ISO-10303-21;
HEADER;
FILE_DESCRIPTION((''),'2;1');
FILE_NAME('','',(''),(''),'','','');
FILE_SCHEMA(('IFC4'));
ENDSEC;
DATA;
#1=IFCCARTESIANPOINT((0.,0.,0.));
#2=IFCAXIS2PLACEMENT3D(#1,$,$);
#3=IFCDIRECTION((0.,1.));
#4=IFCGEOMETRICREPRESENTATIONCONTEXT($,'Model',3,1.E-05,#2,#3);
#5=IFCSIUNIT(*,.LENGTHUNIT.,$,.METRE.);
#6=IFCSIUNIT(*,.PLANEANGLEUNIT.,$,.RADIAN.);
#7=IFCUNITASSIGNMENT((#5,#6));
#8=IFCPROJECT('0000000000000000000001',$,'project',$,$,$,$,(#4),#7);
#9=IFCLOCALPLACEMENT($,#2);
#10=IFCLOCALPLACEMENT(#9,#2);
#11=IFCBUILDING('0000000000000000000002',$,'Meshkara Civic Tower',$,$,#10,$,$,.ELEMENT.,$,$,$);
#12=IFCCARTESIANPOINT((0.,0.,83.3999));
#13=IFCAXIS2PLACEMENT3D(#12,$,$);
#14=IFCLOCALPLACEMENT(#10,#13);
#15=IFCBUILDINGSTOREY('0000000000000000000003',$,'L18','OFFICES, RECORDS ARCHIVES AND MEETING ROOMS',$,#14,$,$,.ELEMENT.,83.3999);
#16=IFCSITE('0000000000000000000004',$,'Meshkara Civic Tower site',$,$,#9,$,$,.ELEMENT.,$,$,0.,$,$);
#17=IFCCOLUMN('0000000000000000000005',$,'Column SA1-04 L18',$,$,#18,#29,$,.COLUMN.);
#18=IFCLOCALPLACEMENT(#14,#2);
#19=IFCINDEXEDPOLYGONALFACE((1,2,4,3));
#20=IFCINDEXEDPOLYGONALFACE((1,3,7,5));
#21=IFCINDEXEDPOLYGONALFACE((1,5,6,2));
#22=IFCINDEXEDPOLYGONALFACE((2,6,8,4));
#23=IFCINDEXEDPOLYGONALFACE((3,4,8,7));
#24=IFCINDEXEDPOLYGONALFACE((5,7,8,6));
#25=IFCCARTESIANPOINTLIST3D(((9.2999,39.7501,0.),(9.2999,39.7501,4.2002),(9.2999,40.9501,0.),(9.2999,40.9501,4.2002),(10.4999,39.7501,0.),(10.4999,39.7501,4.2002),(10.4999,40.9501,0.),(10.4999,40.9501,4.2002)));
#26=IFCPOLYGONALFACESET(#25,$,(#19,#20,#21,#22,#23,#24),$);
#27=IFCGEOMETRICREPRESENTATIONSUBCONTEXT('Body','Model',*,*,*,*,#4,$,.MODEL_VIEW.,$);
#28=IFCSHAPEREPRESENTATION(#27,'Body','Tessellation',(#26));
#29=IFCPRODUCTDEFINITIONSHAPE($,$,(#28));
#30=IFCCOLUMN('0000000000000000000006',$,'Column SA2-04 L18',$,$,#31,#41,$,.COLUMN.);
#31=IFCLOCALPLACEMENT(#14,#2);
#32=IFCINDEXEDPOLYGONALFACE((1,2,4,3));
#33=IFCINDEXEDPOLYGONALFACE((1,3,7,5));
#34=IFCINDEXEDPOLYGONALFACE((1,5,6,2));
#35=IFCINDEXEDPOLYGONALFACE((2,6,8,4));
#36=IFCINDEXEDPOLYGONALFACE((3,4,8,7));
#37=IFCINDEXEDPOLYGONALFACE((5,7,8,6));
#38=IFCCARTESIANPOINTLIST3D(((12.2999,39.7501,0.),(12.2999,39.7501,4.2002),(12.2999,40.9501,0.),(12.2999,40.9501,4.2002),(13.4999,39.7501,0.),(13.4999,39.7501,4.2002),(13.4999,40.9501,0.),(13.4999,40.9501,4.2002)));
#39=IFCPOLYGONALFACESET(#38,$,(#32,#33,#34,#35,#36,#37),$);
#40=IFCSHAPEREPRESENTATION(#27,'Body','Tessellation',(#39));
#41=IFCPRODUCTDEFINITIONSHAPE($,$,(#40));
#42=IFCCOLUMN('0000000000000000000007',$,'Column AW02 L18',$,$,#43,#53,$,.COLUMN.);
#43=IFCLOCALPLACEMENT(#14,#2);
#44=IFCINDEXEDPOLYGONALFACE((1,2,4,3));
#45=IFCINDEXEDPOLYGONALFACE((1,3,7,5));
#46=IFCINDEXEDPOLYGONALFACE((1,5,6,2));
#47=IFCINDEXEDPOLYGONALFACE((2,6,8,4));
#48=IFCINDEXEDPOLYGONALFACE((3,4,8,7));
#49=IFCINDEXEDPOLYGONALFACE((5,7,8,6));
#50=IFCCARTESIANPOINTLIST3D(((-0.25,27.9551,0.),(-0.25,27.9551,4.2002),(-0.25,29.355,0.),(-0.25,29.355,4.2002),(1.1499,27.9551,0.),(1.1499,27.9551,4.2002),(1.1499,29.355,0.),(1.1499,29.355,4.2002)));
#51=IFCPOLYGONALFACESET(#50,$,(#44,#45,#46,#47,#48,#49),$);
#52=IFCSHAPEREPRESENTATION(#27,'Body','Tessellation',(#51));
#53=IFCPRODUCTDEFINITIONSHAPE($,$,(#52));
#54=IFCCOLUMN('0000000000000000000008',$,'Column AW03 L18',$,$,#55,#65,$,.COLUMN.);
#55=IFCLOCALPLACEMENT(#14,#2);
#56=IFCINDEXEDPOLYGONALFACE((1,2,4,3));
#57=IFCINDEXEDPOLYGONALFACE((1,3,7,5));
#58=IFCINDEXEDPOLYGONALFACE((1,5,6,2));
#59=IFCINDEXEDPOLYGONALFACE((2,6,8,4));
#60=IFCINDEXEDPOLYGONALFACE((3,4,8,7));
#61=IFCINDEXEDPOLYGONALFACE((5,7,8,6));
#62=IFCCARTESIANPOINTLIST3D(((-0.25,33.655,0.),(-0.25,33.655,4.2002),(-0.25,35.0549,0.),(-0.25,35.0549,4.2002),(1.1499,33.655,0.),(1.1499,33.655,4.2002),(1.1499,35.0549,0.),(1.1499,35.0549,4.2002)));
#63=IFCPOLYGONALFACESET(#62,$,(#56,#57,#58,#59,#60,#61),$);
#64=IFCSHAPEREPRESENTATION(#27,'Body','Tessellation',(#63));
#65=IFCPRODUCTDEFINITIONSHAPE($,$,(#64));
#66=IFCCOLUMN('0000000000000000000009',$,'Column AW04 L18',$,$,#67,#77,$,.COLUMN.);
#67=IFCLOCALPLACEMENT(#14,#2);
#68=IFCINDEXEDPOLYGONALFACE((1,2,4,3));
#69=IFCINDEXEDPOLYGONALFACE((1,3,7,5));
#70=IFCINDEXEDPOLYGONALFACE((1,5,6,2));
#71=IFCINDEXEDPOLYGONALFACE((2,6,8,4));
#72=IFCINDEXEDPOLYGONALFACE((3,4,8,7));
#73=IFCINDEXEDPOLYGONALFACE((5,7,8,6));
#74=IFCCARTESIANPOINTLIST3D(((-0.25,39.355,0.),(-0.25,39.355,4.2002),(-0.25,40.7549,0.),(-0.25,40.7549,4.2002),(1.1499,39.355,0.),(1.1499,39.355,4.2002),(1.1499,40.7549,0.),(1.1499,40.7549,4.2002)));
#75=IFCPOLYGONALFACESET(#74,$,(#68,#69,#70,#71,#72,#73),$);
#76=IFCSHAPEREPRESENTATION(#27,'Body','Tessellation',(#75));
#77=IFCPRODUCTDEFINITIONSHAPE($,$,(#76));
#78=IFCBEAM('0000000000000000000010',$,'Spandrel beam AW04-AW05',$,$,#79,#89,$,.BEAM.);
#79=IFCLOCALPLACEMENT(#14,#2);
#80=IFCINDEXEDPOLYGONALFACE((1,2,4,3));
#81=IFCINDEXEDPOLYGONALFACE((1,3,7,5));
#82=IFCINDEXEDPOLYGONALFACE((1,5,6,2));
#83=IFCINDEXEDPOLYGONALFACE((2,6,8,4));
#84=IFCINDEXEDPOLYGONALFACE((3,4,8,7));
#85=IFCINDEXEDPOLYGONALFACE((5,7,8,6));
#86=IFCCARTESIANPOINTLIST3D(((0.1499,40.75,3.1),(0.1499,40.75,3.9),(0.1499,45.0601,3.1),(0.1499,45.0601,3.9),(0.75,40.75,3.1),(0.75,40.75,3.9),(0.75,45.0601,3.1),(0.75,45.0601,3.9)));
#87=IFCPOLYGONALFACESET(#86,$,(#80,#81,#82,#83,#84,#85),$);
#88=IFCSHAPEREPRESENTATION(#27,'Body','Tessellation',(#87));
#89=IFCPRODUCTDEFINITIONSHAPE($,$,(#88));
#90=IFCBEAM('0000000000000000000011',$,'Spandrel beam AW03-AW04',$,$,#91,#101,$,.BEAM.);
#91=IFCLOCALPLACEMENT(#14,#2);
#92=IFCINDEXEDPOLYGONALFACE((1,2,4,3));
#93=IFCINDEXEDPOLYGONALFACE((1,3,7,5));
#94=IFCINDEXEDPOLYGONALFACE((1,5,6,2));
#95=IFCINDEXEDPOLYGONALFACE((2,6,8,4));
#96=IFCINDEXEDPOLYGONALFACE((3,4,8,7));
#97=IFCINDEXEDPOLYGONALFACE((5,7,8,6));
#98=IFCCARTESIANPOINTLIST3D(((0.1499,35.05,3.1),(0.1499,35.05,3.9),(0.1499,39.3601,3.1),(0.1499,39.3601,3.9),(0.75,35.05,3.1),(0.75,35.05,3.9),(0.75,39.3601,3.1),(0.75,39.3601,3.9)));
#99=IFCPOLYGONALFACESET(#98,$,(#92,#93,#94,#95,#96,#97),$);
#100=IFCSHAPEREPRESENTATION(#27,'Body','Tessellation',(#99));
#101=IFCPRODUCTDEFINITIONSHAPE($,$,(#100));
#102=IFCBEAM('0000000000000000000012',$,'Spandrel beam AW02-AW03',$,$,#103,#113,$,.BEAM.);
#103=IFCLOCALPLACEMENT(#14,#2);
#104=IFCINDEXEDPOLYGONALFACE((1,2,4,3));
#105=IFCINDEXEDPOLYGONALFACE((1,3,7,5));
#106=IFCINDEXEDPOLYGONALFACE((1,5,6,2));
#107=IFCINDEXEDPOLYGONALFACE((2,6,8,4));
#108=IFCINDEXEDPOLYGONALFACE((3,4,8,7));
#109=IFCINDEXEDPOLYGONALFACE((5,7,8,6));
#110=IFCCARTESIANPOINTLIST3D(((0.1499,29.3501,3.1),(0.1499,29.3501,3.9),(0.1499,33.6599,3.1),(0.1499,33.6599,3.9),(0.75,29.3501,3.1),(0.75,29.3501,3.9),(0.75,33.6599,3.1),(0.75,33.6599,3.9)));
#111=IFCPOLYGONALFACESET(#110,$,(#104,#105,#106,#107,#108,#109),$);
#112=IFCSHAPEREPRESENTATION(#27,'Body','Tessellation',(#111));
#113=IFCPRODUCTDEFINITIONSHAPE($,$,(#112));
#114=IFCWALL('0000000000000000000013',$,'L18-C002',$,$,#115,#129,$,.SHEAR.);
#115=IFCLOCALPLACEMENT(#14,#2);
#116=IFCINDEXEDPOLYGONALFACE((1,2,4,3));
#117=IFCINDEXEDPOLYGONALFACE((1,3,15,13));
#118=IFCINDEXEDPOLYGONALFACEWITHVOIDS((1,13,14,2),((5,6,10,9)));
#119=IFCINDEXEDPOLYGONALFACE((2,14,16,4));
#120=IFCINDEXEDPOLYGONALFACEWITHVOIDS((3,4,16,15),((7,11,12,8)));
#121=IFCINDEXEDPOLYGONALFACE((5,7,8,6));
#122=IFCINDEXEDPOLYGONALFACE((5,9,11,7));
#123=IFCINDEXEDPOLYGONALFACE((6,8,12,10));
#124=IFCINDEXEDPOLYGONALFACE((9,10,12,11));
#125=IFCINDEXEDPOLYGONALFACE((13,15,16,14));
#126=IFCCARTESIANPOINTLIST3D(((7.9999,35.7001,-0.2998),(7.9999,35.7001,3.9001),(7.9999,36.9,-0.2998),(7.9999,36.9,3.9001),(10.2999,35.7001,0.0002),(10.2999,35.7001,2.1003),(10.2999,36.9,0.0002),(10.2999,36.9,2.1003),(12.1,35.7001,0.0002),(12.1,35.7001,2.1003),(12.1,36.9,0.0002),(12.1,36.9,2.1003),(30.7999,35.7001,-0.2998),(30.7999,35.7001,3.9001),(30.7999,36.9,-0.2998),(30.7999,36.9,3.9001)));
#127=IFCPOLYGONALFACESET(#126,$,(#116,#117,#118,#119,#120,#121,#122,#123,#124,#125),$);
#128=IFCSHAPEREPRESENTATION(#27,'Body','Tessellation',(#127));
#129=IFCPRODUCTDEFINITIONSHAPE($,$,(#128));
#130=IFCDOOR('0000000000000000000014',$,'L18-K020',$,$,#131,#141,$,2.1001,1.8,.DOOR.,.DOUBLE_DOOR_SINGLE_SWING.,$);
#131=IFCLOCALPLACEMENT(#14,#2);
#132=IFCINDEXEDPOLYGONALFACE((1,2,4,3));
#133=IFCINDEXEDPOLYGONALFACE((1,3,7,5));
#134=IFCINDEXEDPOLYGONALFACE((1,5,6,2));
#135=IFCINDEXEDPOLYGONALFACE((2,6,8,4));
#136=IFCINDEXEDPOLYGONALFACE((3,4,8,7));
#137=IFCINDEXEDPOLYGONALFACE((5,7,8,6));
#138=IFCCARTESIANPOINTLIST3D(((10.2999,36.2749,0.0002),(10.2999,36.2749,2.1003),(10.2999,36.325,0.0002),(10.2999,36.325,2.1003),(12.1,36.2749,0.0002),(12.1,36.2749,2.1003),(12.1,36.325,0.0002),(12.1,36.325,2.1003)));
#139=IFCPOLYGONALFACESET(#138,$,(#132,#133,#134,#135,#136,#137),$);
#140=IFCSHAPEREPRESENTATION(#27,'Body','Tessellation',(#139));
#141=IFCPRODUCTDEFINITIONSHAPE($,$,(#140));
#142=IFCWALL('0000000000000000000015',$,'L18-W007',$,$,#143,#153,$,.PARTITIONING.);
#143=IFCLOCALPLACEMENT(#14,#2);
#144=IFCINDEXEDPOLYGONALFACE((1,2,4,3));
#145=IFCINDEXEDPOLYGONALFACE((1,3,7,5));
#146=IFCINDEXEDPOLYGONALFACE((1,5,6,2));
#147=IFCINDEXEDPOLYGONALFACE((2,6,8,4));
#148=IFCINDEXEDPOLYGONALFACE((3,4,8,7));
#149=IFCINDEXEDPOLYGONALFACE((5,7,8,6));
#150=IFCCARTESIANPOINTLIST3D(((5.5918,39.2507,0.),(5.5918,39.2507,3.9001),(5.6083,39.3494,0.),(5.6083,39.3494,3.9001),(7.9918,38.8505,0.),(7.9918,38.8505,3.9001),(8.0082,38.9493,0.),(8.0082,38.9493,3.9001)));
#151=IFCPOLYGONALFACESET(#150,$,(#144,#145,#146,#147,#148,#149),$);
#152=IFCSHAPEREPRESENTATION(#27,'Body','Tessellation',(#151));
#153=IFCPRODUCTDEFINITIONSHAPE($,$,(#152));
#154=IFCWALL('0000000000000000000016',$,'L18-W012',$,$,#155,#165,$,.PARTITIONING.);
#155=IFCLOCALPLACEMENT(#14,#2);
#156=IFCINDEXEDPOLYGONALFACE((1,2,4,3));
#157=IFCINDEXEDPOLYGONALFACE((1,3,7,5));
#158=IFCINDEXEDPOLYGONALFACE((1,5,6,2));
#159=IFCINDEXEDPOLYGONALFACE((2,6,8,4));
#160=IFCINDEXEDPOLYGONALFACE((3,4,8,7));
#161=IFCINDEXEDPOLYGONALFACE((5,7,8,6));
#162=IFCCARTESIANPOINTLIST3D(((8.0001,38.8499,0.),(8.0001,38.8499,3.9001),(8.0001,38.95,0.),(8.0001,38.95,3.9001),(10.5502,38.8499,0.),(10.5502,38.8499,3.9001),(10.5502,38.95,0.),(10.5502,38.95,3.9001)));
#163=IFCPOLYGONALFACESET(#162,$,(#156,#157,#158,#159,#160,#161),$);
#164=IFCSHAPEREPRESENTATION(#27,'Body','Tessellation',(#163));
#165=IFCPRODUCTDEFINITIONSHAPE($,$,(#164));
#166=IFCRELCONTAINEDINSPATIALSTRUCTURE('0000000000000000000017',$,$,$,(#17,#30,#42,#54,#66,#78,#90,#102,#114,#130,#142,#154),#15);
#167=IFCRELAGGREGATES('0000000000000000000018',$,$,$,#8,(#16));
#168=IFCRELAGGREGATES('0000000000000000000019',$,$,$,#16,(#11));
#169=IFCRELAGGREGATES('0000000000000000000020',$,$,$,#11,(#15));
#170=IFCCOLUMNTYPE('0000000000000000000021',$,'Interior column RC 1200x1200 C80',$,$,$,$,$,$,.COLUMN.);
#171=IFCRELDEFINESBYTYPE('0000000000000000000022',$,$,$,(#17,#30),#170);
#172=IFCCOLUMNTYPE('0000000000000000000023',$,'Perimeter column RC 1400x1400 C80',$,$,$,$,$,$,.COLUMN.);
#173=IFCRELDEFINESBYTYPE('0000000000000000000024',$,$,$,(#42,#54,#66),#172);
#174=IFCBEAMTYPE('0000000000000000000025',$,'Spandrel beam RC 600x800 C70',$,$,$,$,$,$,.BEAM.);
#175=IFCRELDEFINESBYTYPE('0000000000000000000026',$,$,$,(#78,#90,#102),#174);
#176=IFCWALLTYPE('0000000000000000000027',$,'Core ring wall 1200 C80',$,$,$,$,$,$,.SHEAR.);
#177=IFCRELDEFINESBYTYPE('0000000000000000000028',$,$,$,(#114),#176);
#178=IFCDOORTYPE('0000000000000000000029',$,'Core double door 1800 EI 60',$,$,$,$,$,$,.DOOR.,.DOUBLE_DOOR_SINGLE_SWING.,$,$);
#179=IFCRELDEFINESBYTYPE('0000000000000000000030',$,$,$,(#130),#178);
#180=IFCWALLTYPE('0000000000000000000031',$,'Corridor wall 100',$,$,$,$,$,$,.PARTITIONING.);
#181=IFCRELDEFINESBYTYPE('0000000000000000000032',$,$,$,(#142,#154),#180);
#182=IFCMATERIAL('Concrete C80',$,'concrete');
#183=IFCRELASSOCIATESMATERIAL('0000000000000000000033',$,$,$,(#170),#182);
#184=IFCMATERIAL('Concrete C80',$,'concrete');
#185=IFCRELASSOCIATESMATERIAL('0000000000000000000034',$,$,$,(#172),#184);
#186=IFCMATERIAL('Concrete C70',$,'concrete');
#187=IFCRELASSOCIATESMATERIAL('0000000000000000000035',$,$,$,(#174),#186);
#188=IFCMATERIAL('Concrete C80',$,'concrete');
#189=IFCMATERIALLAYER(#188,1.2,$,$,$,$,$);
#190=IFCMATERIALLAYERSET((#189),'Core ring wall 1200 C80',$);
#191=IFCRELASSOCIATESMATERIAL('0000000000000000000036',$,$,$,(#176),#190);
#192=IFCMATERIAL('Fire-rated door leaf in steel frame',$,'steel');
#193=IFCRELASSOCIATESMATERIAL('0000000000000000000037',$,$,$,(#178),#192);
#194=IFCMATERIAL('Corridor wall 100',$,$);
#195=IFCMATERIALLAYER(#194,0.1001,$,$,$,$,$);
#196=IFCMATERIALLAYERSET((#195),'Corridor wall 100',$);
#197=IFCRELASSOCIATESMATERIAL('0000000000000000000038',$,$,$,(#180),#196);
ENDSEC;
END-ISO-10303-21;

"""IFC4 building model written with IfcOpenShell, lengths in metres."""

from ifc_helpers import new_model, si_unit, direction, frame, frame_2d, origin, origin_2d, place, context, subcontext, project, spatial, rectangle, extrude, material, layer, layer_set, material_profile, profile_set, type_object, element, fill, save


model = new_model("IFC4")

# Units and contexts
model_context = context("Model", 3, precision=1e-05, world=origin(), true_north=direction((0.0, 1.0)))
body_context = subcontext(model_context, "Body", "Model", "MODEL_VIEW")
ifc_project = project(units=[si_unit("LENGTHUNIT", "METRE"), si_unit("PLANEANGLEUNIT", "RADIAN")], contexts=[model_context])

# Site, building, storey
site_placement = place(None, origin())
site = spatial("IfcSite", under=ifc_project, at=site_placement, Name="Meshkara Civic Tower site", CompositionType="ELEMENT", RefElevation=0.0)
building_placement = place(site_placement, origin())
building = spatial("IfcBuilding", under=site, at=building_placement, Name="Meshkara Civic Tower", CompositionType="ELEMENT")
storey_placement = place(building_placement, frame((0.0, 0.0, 83.3999)))
storey = spatial("IfcBuildingStorey", under=building, at=storey_placement, Name="L18", Description="OFFICES, RECORDS ARCHIVES AND MEETING ROOMS", CompositionType="ELEMENT", Elevation=83.3999)

# Columns
ifc_material_1 = material(Name="Concrete C80", Category="concrete")
ifc_material_profile_1 = material_profile(ifc_material_1, rectangle(XDim=1.2, YDim=1.2, at=origin_2d()))
ifc_profile_set_1 = profile_set([ifc_material_profile_1], Name="Concrete C80")
column_type_1 = type_object("IfcColumnType", Name="Interior column RC 1200x1200 C80", PredefinedType="COLUMN", material=ifc_profile_set_1)
for number, where, z_axis, x_axis, name in (
    (1, (9.8999, 40.3501, 0.0), (0.0, 0.0, 1.0), (1.0, 0.0, 0.0), "Column SA1-04 L18"),
    (2, (12.8999, 40.3501, 0.0), (0.0, 0.0, 1.0), (1.0, 0.0, 0.0), "Column SA2-04 L18"),
):
    element("IfcColumn", number, at=place(storey_placement, frame(where, z_axis=z_axis, x_axis=x_axis)), inside=storey, type_object=column_type_1, Name=name, PredefinedType="COLUMN", context=body_context, shape_type="SweptSolid", body=[
        extrude(rectangle(XDim=1.2, YDim=1.2, at=origin_2d()), origin(), (0.0, 0.0, 1.0), 4.2002),
    ])
ifc_material_2 = material(Name="Concrete C80", Category="concrete")
ifc_material_profile_2 = material_profile(ifc_material_2, rectangle(XDim=1.3999, YDim=1.3999, at=origin_2d()))
ifc_profile_set_2 = profile_set([ifc_material_profile_2], Name="Concrete C80")
column_type_2 = type_object("IfcColumnType", Name="Perimeter column RC 1400x1400 C80", PredefinedType="COLUMN", material=ifc_profile_set_2)
for number, where, z_axis, x_axis, name in (
    (3, (0.45, 28.655, 0.0), (0.0, 0.0, 1.0), (1.0, 0.0, 0.0), "Column AW02 L18"),
    (4, (0.45, 34.355, 0.0), (0.0, 0.0, 1.0), (1.0, 0.0, 0.0), "Column AW03 L18"),
    (5, (0.45, 40.0549, 0.0), (0.0, 0.0, 1.0), (1.0, 0.0, 0.0), "Column AW04 L18"),
):
    element("IfcColumn", number, at=place(storey_placement, frame(where, z_axis=z_axis, x_axis=x_axis)), inside=storey, type_object=column_type_2, Name=name, PredefinedType="COLUMN", context=body_context, shape_type="SweptSolid", body=[
        extrude(rectangle(XDim=1.3999, YDim=1.3999, at=origin_2d()), origin(), (0.0, 0.0, 1.0), 4.2002),
    ])

# Beams
ifc_material_3 = material(Name="Concrete C70", Category="concrete")
ifc_material_profile_3 = material_profile(ifc_material_3, rectangle(XDim=0.6001, YDim=0.8, at=origin_2d()))
ifc_profile_set_3 = profile_set([ifc_material_profile_3], Name="Concrete C70")
beam_type = type_object("IfcBeamType", Name="Spandrel beam RC 600x800 C70", PredefinedType="BEAM", material=ifc_profile_set_3)
for number, where, z_axis, x_axis, name in (
    (6, (0.45, 45.0601, 3.5), (0.0, -1.0, 0.0), (1.0, 0.0, 0.0), "Spandrel beam AW04-AW05"),
    (7, (0.45, 39.3601, 3.5), (0.0, -1.0, 0.0), (1.0, 0.0, 0.0), "Spandrel beam AW03-AW04"),
):
    element("IfcBeam", number, at=place(storey_placement, frame(where, z_axis=z_axis, x_axis=x_axis)), inside=storey, type_object=beam_type, Name=name, PredefinedType="BEAM", context=body_context, shape_type="SweptSolid", body=[
        extrude(rectangle(XDim=0.6001, YDim=0.8, at=origin_2d()), origin(), (0.0, 0.0, 1.0), 4.3101),
    ])
beam_placement = place(storey_placement, frame((0.45, 33.6599, 3.5), z_axis=(0.0, -1.0, 0.0), x_axis=(1.0, 0.0, 0.0)))
element("IfcBeam", 8, at=beam_placement, inside=storey, type_object=beam_type, Name="Spandrel beam AW02-AW03", PredefinedType="BEAM", context=body_context, shape_type="SweptSolid", body=[
    extrude(rectangle(XDim=0.6001, YDim=0.8, at=origin_2d()), origin(), (0.0, 0.0, 1.0), 4.3098),
])

# Wall, opening, door
ifc_material_4 = material(Name="Concrete C80", Category="concrete")
ifc_layer_1 = layer(ifc_material_4, 1.2)
ifc_layer_set_1 = layer_set([ifc_layer_1], Name="Core ring wall 1200 C80")
wall_type_1 = type_object("IfcWallType", Name="Core ring wall 1200 C80", PredefinedType="SHEAR", material=ifc_layer_set_1)
wall_1_placement = place(storey_placement, frame((8.0, 36.3, -0.2998), z_axis=(0.0, 0.0, 1.0), x_axis=(1.0, 0.0, 0.0)))
wall_1 = element("IfcWall", 9, at=wall_1_placement, inside=storey, type_object=wall_type_1, Name="L18-C002", PredefinedType="SHEAR", context=body_context, shape_type="SweptSolid", body=[
    extrude(rectangle(XDim=22.8, YDim=1.2, at=frame_2d((11.3999, 0.0))), origin(), (0.0, 0.0, 1.0), 4.2),
])
opening_1_placement = place(wall_1_placement, frame((2.3, 0.0, 0.3)))
opening_1 = element("IfcOpeningElement", 10, at=opening_1_placement, cuts=wall_1, PredefinedType="OPENING", context=body_context, shape_type="SweptSolid", body=[
    extrude(rectangle(XDim=1.8, YDim=2.1001, at=frame_2d((0.8999, 1.05))), frame((0.0, 0.6099, 0.0), z_axis=(0.0, -1.0, 0.0), x_axis=(1.0, 0.0, 0.0)), (0.0, 0.0, 1.0), 1.22),
])
ifc_material_5 = material(Name="Fire-rated door leaf in steel frame", Category="steel")
door_type_1 = type_object("IfcDoorType", Name="Core double door 1800 EI 60", OperationType="DOUBLE_DOOR_SINGLE_SWING", PredefinedType="DOOR", material=ifc_material_5)
door_1_placement = place(opening_1_placement, origin())
door_1 = element("IfcDoor", 11, at=door_1_placement, inside=storey, type_object=door_type_1, Name="L18-K020", OperationType="DOUBLE_DOOR_SINGLE_SWING", OverallHeight=2.1001, OverallWidth=1.8, PredefinedType="DOOR", context=body_context, shape_type="SweptSolid", body=[
    extrude(rectangle(XDim=1.8, YDim=2.1001, at=frame_2d((0.8999, 1.05))), frame((0.0, 0.0249, 0.0), z_axis=(0.0, -1.0, 0.0), x_axis=(1.0, 0.0, 0.0)), (0.0, 0.0, 1.0), 0.05),
])
fill(opening_1, door_1)

# Walls
ifc_material_6 = material(Name="Corridor wall 100")
ifc_layer_2 = layer(ifc_material_6, 0.1001)
ifc_layer_set_2 = layer_set([ifc_layer_2], Name="Corridor wall 100")
wall_type_2 = type_object("IfcWallType", Name="Corridor wall 100", PredefinedType="PARTITIONING", material=ifc_layer_set_2)
wall_2_placement = place(storey_placement, frame((8.0, 38.8999, 0.0), z_axis=(0.0, 0.0, 1.0), x_axis=(-0.986383, 0.164464, 0.0)))
element("IfcWall", 12, at=wall_2_placement, inside=storey, type_object=wall_type_2, Name="L18-W007", PredefinedType="PARTITIONING", context=body_context, shape_type="SweptSolid", body=[
    extrude(rectangle(XDim=2.4331, YDim=0.1001, at=frame_2d((1.2166, 0.0))), origin(), (0.0, 0.0, 1.0), 3.9001),
])
wall_3_placement = place(storey_placement, frame((10.55, 38.8999, 0.0), z_axis=(0.0, 0.0, 1.0), x_axis=(-1.0, 0.0, 0.0)))
element("IfcWall", 13, at=wall_3_placement, inside=storey, type_object=wall_type_2, Name="L18-W012", PredefinedType="PARTITIONING", context=body_context, shape_type="SweptSolid", body=[
    extrude(rectangle(XDim=2.55, YDim=0.1001, at=frame_2d((1.2749, 0.0))), origin(), (0.0, 0.0, 1.0), 3.9001),
])

save(model, "model.ifc")
